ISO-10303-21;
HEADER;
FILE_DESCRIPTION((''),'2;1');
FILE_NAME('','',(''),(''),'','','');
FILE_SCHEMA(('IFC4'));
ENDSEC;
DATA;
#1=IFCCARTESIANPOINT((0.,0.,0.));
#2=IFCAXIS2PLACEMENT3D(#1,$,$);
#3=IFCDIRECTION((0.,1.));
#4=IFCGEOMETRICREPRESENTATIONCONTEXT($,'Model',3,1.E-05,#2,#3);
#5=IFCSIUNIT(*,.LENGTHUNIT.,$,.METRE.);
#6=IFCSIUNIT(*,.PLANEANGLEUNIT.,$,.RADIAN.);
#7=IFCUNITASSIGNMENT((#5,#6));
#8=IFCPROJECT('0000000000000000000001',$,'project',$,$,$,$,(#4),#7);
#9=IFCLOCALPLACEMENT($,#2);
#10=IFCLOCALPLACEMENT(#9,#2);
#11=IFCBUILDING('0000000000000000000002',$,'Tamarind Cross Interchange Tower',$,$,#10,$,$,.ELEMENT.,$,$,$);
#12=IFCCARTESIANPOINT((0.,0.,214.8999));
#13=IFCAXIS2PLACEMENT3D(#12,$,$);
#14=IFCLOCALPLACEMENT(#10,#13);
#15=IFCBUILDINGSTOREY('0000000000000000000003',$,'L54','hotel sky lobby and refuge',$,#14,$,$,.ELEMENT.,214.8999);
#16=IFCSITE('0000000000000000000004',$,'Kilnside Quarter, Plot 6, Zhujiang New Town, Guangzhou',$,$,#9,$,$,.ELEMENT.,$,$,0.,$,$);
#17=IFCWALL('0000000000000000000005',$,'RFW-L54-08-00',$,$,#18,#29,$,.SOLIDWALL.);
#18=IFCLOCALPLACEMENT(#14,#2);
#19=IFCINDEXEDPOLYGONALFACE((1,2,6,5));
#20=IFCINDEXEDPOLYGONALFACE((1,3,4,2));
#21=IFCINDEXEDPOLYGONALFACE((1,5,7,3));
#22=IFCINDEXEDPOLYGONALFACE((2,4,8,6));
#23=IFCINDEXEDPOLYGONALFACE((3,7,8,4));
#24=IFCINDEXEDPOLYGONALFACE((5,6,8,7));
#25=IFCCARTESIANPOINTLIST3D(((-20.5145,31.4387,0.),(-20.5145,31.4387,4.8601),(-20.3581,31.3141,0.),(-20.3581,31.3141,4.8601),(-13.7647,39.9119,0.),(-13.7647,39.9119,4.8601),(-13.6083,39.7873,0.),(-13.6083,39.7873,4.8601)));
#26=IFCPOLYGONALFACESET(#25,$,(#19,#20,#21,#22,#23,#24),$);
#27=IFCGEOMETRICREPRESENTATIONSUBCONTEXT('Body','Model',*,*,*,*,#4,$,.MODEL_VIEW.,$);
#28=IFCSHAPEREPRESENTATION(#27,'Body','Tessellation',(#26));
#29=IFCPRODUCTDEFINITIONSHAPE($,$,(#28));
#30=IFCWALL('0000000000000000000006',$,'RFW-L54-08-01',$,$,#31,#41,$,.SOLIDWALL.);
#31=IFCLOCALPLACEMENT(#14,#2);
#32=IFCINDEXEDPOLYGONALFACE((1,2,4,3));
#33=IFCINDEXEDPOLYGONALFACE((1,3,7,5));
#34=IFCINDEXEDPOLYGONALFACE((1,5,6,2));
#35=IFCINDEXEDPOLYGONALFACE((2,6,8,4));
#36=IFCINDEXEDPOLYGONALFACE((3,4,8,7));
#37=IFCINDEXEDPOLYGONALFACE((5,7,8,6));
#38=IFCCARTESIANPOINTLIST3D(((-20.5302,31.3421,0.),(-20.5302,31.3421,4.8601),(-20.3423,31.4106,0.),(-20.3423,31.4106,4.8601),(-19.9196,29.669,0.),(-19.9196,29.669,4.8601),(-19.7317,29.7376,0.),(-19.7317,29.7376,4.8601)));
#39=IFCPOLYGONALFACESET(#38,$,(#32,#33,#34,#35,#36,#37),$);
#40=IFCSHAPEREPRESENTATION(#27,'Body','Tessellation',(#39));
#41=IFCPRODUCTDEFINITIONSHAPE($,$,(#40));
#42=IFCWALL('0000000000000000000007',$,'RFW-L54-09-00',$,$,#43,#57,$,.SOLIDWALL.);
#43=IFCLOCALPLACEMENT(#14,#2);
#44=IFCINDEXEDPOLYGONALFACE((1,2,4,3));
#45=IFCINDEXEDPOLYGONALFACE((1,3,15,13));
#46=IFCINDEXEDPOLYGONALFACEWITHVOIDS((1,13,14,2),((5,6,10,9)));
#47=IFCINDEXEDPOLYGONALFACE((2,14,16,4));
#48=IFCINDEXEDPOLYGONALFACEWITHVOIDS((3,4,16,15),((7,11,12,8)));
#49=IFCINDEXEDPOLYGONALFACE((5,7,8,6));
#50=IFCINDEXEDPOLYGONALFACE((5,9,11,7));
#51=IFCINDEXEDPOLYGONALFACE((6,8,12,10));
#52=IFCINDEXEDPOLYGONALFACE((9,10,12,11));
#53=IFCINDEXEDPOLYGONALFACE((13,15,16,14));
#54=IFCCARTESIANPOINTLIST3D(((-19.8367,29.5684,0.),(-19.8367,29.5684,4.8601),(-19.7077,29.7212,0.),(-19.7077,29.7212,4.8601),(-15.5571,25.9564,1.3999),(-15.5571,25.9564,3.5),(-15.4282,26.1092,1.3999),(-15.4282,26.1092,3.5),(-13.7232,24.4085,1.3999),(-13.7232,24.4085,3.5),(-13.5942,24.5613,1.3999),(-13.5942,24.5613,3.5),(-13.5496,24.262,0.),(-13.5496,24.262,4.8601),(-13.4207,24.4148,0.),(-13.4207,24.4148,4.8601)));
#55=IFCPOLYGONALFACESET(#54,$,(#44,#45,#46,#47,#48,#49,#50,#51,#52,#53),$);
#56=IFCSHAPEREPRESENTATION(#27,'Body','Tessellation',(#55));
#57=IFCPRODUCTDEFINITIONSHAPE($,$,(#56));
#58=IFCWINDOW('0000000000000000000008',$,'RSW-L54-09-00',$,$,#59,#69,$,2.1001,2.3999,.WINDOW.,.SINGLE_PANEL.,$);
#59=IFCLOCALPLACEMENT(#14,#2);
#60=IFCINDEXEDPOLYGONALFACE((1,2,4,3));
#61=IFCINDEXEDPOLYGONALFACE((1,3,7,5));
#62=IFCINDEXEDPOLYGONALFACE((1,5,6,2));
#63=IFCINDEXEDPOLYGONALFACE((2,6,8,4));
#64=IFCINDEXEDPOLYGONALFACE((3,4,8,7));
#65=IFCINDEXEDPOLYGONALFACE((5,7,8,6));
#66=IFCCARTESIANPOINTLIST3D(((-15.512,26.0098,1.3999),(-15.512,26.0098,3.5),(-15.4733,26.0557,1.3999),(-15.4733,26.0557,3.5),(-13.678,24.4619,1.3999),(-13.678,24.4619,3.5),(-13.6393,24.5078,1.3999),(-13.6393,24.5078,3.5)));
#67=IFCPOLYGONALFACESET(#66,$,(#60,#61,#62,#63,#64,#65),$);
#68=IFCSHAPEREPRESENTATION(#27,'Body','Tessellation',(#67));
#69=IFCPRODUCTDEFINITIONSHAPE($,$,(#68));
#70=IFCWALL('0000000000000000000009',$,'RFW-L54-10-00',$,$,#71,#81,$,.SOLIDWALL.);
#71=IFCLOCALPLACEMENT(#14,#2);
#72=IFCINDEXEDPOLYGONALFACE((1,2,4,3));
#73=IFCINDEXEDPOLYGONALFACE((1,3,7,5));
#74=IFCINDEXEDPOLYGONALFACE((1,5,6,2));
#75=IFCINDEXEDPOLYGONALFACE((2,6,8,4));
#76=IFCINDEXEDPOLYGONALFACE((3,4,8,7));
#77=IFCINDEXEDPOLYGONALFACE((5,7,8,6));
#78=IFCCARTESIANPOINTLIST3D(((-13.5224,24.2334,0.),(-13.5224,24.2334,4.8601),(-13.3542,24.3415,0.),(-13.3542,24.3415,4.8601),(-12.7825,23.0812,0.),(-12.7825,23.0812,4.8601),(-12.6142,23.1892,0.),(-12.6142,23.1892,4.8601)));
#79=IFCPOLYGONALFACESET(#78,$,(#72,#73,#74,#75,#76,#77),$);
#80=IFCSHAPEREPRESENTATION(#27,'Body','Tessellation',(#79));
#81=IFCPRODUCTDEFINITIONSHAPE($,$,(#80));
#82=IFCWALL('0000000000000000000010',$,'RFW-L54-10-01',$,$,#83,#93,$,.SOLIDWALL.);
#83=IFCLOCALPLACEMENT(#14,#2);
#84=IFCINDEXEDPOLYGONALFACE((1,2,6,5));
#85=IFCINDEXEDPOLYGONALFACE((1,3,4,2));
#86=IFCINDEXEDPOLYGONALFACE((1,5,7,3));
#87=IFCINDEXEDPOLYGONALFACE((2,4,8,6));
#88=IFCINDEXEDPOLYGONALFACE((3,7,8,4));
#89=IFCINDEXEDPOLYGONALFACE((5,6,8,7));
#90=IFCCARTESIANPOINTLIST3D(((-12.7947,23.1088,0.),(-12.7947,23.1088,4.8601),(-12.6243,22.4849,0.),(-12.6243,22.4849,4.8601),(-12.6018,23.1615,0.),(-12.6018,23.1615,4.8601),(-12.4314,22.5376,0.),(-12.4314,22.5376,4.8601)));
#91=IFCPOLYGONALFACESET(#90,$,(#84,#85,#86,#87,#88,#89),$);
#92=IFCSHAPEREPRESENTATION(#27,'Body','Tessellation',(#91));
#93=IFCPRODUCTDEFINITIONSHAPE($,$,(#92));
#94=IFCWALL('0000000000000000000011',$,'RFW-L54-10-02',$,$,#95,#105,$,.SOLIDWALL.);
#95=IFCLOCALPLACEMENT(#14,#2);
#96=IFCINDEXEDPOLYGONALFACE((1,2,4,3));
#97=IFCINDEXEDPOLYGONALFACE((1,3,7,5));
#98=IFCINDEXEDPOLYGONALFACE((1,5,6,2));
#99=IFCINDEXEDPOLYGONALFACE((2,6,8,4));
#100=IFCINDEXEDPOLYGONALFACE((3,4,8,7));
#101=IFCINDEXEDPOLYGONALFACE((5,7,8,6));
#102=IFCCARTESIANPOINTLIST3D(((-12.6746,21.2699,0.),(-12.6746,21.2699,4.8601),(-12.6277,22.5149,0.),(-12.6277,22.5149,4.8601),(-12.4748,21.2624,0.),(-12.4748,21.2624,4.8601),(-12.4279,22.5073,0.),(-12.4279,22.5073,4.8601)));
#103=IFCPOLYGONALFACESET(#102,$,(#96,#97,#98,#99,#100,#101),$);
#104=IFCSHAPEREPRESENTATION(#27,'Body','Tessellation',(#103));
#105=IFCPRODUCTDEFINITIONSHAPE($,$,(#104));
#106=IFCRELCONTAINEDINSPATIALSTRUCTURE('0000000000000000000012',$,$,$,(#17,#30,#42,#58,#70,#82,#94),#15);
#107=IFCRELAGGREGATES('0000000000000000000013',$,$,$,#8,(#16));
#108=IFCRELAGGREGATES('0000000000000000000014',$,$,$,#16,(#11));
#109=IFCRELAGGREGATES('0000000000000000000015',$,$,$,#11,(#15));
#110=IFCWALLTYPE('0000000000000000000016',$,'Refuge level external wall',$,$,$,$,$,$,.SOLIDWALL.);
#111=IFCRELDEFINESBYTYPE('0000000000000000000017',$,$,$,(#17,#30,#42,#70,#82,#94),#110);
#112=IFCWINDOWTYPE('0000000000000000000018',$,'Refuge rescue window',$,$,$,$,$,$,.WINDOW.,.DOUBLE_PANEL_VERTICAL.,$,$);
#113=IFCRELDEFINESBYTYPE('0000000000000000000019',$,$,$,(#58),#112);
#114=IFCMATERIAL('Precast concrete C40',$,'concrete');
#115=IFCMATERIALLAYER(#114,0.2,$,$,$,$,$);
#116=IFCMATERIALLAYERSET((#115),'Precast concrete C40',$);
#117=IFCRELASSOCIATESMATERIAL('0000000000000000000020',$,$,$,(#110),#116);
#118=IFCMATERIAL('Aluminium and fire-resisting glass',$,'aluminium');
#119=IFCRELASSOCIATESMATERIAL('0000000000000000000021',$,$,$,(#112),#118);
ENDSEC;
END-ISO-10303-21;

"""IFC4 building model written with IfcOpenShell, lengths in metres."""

from ifc_helpers import new_model, si_unit, direction, frame, frame_2d, origin, place, context, subcontext, project, spatial, rectangle, extrude, material, layer, layer_set, type_object, element, fill, save


model = new_model("IFC4")

# Units and contexts
model_context = context("Model", 3, precision=1e-05, world=origin(), true_north=direction((0.0, 1.0)))
body_context = subcontext(model_context, "Body", "Model", "MODEL_VIEW")
ifc_project = project(units=[si_unit("LENGTHUNIT", "METRE"), si_unit("PLANEANGLEUNIT", "RADIAN")], contexts=[model_context])

# Site, building, storey
site_placement = place(None, origin())
site = spatial("IfcSite", under=ifc_project, at=site_placement, Name="Kilnside Quarter, Plot 6, Zhujiang New Town, Guangzhou", CompositionType="ELEMENT", RefElevation=0.0)
building_placement = place(site_placement, origin())
building = spatial("IfcBuilding", under=site, at=building_placement, Name="Tamarind Cross Interchange Tower", CompositionType="ELEMENT")
storey_placement = place(building_placement, frame((0.0, 0.0, 214.8999)))
storey = spatial("IfcBuildingStorey", under=building, at=storey_placement, Name="L54", Description="hotel sky lobby and refuge", CompositionType="ELEMENT", Elevation=214.8999)

# Walls
ifc_material_1 = material(Name="Precast concrete C40", Category="concrete")
ifc_layer_1 = layer(ifc_material_1, 0.2)
ifc_layer_set_1 = layer_set([ifc_layer_1], Name="Precast concrete C40")
wall_type_1 = type_object("IfcWallType", Name="Refuge level external wall", PredefinedType="SOLIDWALL", material=ifc_layer_set_1)
wall_1_placement = place(storey_placement, frame((-13.6865, 39.8496, 0.0), z_axis=(0.0, 0.0, 1.0), x_axis=(-0.623075, -0.782162, 0.0)))
element("IfcWall", 1, at=wall_1_placement, inside=storey, type_object=wall_type_1, Name="RFW-L54-08-00", PredefinedType="SOLIDWALL", context=body_context, shape_type="SweptSolid", body=[
    extrude(rectangle(XDim=10.833, YDim=0.2, at=frame_2d((5.4165, 0.0))), origin(), (0.0, 0.0, 1.0), 4.8601),
])
wall_2_placement = place(storey_placement, frame((-20.4363, 31.3765, 0.0), z_axis=(0.0, 0.0, 1.0), x_axis=(0.342832, -0.939397, 0.0)))
element("IfcWall", 2, at=wall_2_placement, inside=storey, type_object=wall_type_1, Name="RFW-L54-08-01", PredefinedType="SOLIDWALL", context=body_context, shape_type="SweptSolid", body=[
    extrude(rectangle(XDim=1.781, YDim=0.2, at=frame_2d((0.8906, 0.0))), origin(), (0.0, 0.0, 1.0), 4.8601),
])

# Wall, opening, window
wall_3_placement = place(storey_placement, frame((-19.7722, 29.6448, 0.0), z_axis=(0.0, 0.0, 1.0), x_axis=(0.764193, -0.644988, 0.0)))
wall_3 = element("IfcWall", 3, at=wall_3_placement, inside=storey, type_object=wall_type_1, Name="RFW-L54-09-00", PredefinedType="SOLIDWALL", context=body_context, shape_type="SweptSolid", body=[
    extrude(rectangle(XDim=8.2271, YDim=0.2, at=frame_2d((4.1135, 0.0))), origin(), (0.0, 0.0, 1.0), 4.8601),
])
opening_1_placement = place(wall_3_placement, frame((5.6001, 0.0, 1.3999)))
opening_1 = element("IfcOpeningElement", 4, at=opening_1_placement, cuts=wall_3, PredefinedType="OPENING", context=body_context, shape_type="SweptSolid", body=[
    extrude(rectangle(XDim=2.3999, YDim=2.1001, at=frame_2d((1.2, 1.05))), frame((0.0, 0.1099, 0.0), z_axis=(0.0, -1.0, 0.0), x_axis=(1.0, 0.0, 0.0)), (0.0, 0.0, 1.0), 0.22),
])
ifc_material_2 = material(Name="Aluminium and fire-resisting glass", Category="aluminium")
window_type = type_object("IfcWindowType", Name="Refuge rescue window", PartitioningType="DOUBLE_PANEL_VERTICAL", PredefinedType="WINDOW", material=ifc_material_2)
window_placement = place(opening_1_placement, origin())
window = element("IfcWindow", 5, at=window_placement, inside=storey, type_object=window_type, Name="RSW-L54-09-00", OverallHeight=2.1001, OverallWidth=2.3999, PartitioningType="SINGLE_PANEL", PredefinedType="WINDOW", context=body_context, shape_type="SweptSolid", body=[
    extrude(rectangle(XDim=2.3999, YDim=2.1001, at=frame_2d((1.2, 1.05))), frame((0.0, 0.03, 0.0), z_axis=(0.0, -1.0, 0.0), x_axis=(1.0, 0.0, 0.0)), (0.0, 0.0, 1.0), 0.0601),
])
fill(opening_1, window)

# Walls
wall_4_placement = place(storey_placement, frame((-13.4382, 24.2874, 0.0), z_axis=(0.0, 0.0, 1.0), x_axis=(0.540343, -0.841445, 0.0)))
element("IfcWall", 6, at=wall_4_placement, inside=storey, type_object=wall_type_1, Name="RFW-L54-10-00", PredefinedType="SOLIDWALL", context=body_context, shape_type="SweptSolid", body=[
    extrude(rectangle(XDim=1.3694, YDim=0.2, at=frame_2d((0.6846, 0.0))), origin(), (0.0, 0.0, 1.0), 4.8601),
])
wall_5_placement = place(storey_placement, frame((-12.6982, 23.135, 0.0), z_axis=(0.0, 0.0, 1.0), x_axis=(0.263533, -0.96465, 0.0)))
element("IfcWall", 7, at=wall_5_placement, inside=storey, type_object=wall_type_1, Name="RFW-L54-10-01", PredefinedType="SOLIDWALL", context=body_context, shape_type="SweptSolid", body=[
    extrude(rectangle(XDim=0.6467, YDim=0.2, at=frame_2d((0.3232, 0.0))), origin(), (0.0, 0.0, 1.0), 4.8601),
])
wall_6_placement = place(storey_placement, frame((-12.5278, 22.5112, 0.0), z_axis=(0.0, 0.0, 1.0), x_axis=(-0.037628, -0.999292, 0.0)))
element("IfcWall", 8, at=wall_6_placement, inside=storey, type_object=wall_type_1, Name="RFW-L54-10-02", PredefinedType="SOLIDWALL", context=body_context, shape_type="SweptSolid", body=[
    extrude(rectangle(XDim=1.2458, YDim=0.2, at=frame_2d((0.623, 0.0))), origin(), (0.0, 0.0, 1.0), 4.8601),
])

save(model, "model.ifc")
